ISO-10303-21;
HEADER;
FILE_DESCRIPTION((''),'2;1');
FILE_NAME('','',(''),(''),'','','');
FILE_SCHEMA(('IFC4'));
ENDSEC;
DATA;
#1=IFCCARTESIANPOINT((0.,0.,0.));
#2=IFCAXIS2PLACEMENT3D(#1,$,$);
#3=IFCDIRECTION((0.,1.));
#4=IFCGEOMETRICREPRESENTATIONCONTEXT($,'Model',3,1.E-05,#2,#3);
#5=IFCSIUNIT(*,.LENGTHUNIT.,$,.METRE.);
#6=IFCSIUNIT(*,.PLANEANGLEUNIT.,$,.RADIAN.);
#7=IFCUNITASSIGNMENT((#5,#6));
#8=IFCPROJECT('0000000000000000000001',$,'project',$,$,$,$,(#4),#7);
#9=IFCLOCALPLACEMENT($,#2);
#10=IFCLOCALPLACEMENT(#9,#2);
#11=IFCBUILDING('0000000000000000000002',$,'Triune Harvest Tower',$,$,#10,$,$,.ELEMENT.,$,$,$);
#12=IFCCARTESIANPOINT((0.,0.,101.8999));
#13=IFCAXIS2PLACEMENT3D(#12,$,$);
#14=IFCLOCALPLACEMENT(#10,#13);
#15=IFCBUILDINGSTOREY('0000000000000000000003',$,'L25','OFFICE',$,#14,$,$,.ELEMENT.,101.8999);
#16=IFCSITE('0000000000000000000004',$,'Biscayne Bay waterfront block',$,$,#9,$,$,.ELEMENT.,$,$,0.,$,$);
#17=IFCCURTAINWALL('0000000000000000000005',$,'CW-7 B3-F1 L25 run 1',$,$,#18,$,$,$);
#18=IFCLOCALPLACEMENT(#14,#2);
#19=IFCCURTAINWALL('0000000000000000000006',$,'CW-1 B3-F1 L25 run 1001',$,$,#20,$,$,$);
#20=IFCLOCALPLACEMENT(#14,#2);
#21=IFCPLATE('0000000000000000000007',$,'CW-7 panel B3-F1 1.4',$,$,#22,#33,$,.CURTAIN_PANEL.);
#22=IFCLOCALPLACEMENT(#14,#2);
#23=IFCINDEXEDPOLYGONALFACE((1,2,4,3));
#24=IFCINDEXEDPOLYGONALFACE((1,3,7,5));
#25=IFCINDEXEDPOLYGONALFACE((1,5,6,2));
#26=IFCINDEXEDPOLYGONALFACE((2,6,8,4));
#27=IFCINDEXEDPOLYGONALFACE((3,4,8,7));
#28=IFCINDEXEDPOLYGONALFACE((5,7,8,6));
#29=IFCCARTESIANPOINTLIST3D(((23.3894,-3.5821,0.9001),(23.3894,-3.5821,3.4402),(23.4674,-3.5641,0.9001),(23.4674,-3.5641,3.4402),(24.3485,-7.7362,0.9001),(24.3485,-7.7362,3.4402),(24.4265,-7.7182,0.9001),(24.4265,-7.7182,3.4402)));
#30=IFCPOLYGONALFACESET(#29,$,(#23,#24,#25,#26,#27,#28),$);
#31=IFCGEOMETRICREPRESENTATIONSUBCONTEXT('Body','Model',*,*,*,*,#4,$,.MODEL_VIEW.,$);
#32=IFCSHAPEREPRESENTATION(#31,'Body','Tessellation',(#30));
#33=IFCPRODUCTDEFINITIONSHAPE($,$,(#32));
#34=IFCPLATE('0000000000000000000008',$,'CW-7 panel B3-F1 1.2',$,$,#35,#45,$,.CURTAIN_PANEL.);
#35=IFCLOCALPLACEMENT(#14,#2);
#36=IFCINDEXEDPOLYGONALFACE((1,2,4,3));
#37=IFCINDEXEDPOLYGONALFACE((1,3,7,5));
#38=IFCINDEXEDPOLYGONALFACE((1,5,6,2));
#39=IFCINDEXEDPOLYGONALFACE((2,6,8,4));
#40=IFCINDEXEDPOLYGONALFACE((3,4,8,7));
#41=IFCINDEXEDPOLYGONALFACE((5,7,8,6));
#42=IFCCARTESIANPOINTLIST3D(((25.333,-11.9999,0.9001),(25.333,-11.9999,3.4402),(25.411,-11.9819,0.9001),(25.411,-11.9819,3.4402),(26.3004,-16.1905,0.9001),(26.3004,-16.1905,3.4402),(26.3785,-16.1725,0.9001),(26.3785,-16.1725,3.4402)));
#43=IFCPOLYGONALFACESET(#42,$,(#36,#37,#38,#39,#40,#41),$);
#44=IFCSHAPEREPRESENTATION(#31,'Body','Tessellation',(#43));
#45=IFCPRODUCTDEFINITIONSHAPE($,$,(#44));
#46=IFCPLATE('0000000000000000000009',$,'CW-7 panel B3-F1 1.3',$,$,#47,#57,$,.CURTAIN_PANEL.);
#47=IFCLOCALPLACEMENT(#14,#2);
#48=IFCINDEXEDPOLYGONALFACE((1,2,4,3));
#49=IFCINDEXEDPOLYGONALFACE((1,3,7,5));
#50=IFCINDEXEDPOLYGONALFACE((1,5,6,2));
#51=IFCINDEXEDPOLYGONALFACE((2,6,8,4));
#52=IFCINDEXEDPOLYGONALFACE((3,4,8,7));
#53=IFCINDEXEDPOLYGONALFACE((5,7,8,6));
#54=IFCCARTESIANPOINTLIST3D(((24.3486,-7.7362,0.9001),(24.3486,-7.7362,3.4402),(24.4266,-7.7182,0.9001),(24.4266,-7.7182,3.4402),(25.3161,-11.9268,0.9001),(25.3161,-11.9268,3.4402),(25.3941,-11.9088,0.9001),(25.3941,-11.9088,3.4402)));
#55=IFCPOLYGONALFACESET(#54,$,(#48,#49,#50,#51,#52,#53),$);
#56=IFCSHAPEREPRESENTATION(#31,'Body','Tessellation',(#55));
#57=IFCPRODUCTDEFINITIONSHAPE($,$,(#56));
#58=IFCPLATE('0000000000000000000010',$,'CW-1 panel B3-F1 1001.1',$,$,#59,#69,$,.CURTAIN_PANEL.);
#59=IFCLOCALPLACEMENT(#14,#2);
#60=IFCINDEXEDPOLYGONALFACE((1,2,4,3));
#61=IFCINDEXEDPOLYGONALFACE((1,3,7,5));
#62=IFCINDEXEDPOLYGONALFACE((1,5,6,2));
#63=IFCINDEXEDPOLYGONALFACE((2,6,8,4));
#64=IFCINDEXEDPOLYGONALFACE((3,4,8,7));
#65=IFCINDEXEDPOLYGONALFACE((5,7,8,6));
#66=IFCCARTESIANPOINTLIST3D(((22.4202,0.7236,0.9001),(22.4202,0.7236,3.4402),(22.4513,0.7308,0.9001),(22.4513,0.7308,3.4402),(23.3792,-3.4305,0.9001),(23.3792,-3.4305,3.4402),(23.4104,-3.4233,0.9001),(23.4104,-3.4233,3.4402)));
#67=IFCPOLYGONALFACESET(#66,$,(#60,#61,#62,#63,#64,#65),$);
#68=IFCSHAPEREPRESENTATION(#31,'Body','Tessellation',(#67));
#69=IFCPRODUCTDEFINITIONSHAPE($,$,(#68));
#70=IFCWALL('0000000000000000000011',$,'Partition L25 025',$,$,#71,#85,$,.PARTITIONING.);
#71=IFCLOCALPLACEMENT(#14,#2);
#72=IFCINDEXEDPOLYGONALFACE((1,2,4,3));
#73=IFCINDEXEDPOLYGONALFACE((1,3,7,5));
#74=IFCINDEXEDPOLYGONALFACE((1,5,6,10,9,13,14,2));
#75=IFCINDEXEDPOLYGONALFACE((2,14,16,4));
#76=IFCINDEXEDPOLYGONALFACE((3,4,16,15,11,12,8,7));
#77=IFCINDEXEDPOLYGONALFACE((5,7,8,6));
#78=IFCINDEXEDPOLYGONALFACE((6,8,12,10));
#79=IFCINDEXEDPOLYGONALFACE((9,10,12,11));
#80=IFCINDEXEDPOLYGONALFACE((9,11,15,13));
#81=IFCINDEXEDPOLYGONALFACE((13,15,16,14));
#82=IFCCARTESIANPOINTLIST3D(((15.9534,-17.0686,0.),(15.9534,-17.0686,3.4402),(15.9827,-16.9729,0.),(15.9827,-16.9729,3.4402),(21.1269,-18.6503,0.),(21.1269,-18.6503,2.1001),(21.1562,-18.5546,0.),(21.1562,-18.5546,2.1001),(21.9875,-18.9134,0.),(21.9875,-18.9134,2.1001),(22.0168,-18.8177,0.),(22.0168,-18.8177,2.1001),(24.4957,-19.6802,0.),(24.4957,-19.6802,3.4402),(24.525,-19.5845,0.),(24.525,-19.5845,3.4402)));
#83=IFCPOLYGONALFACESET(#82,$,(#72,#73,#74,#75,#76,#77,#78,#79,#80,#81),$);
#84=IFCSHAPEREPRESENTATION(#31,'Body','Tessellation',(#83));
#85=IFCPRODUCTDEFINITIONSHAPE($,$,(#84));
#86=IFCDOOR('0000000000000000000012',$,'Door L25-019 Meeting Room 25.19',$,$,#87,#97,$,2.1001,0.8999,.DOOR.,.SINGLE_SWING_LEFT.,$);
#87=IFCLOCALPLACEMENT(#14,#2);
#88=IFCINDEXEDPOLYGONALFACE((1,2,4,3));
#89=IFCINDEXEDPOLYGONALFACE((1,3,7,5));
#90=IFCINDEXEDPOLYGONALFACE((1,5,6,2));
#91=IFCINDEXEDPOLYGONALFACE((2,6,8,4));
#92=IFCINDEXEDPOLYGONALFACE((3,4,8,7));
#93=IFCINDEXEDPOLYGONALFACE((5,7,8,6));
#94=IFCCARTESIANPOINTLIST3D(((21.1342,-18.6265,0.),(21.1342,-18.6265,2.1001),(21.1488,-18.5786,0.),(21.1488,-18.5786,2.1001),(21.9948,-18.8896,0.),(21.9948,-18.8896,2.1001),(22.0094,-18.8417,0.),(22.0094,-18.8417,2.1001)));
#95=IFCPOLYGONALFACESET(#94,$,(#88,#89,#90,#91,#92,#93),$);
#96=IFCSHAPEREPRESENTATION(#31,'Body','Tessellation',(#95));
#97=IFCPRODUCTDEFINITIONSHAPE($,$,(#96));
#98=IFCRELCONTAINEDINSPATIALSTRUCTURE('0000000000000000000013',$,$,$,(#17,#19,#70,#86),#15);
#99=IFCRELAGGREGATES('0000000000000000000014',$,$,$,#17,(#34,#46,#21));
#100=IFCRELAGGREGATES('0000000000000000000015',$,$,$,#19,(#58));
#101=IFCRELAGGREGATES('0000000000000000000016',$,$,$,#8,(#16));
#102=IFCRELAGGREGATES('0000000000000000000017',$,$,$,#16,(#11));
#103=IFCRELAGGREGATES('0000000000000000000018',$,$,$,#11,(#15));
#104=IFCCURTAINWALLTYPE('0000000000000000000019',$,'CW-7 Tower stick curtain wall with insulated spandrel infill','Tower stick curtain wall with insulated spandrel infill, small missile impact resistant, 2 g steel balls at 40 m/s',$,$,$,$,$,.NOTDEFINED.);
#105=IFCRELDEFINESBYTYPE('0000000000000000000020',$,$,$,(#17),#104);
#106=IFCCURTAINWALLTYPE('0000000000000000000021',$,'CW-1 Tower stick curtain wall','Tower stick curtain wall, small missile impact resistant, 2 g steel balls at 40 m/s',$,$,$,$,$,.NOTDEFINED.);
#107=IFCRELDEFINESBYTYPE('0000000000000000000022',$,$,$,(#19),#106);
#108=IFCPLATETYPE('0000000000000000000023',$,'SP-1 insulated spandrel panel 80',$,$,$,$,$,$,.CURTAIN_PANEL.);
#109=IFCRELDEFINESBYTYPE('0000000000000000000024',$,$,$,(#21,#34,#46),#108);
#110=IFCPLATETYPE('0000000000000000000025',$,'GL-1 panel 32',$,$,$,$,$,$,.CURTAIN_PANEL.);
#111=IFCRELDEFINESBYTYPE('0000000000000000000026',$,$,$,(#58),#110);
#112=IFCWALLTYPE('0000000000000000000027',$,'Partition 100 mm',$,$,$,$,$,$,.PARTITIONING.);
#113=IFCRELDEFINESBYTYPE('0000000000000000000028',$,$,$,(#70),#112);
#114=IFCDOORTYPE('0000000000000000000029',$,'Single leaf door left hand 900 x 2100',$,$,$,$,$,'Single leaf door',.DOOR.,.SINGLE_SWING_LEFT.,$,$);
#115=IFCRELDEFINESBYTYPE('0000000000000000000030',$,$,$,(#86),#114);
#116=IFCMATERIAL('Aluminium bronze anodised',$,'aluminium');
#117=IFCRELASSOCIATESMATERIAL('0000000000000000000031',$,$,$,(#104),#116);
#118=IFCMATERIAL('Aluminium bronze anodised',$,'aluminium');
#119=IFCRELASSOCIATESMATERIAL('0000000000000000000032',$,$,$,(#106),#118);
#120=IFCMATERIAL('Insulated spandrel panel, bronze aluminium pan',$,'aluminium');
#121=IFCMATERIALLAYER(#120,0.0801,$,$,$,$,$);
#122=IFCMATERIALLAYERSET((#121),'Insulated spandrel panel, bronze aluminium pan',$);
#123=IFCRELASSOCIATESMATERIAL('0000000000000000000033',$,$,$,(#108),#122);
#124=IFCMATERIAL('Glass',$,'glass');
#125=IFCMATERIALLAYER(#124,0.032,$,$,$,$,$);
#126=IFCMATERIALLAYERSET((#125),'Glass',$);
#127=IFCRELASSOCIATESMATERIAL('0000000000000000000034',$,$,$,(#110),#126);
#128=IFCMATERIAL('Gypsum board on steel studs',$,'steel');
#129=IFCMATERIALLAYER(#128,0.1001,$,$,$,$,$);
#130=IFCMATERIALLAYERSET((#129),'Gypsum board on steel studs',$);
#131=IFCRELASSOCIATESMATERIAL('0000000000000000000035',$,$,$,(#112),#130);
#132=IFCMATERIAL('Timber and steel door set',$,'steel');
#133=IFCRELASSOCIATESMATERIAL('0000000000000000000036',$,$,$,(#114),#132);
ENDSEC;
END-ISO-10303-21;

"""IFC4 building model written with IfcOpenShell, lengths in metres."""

from ifc_helpers import new_model, si_unit, direction, frame, frame_2d, origin, origin_2d, place, context, subcontext, project, spatial, rectangle, extrude, source, transform, mapped, material, layer, layer_set, type_object, element, fill, aggregate, save


model = new_model("IFC4")

# Units and contexts
model_context = context("Model", 3, precision=1e-05, world=origin(), true_north=direction((0.0, 1.0)))
body_context = subcontext(model_context, "Body", "Model", "MODEL_VIEW")
ifc_project = project(units=[si_unit("LENGTHUNIT", "METRE"), si_unit("PLANEANGLEUNIT", "RADIAN")], contexts=[model_context])

# Site, building, storey
site_placement = place(None, origin())
site = spatial("IfcSite", under=ifc_project, at=site_placement, Name="Biscayne Bay waterfront block", CompositionType="ELEMENT", RefElevation=0.0)
building_placement = place(site_placement, origin())
building = spatial("IfcBuilding", under=site, at=building_placement, Name="Triune Harvest Tower", CompositionType="ELEMENT")
storey_placement = place(building_placement, frame((0.0, 0.0, 101.8999)))
storey = spatial("IfcBuildingStorey", under=building, at=storey_placement, Name="L25", Description="OFFICE", CompositionType="ELEMENT", Elevation=101.8999)

# Curtain wall
ifc_material_1 = material(Name="Aluminium bronze anodised", Category="aluminium")
curtain_wall_type_1 = type_object("IfcCurtainWallType", Name="CW-7 Tower stick curtain wall with insulated spandrel infill", Description="Tower stick curtain wall with insulated spandrel infill, small missile impact resistant, 2 g steel balls at 40 m/s", PredefinedType="NOTDEFINED", material=ifc_material_1)
curtain_wall_1_placement = place(storey_placement, origin())
curtain_wall_1 = element("IfcCurtainWall", 1, at=curtain_wall_1_placement, inside=storey, type_object=curtain_wall_type_1, Name="CW-7 B3-F1 L25 run 1")

# Curtain wall
ifc_material_2 = material(Name="Aluminium bronze anodised", Category="aluminium")
curtain_wall_type_2 = type_object("IfcCurtainWallType", Name="CW-1 Tower stick curtain wall", Description="Tower stick curtain wall, small missile impact resistant, 2 g steel balls at 40 m/s", PredefinedType="NOTDEFINED", material=ifc_material_2)
curtain_wall_2_placement = place(storey_placement, origin())
curtain_wall_2 = element("IfcCurtainWall", 2, at=curtain_wall_2_placement, inside=storey, type_object=curtain_wall_type_2, Name="CW-1 B3-F1 L25 run 1001")

# Plates
ifc_material_3 = material(Name="Insulated spandrel panel, bronze aluminium pan", Category="aluminium")
ifc_layer_1 = layer(ifc_material_3, 0.0801)
ifc_layer_set_1 = layer_set([ifc_layer_1], Name="Insulated spandrel panel, bronze aluminium pan")
plate_type_1 = type_object("IfcPlateType", Name="SP-1 insulated spandrel panel 80", PredefinedType="CURTAIN_PANEL", material=ifc_layer_set_1)
shared_shape_1 = source(origin(), body_context, "Body", "SweptSolid", [
    extrude(rectangle(XDim=4.2634, YDim=0.0801, at=origin_2d()), origin(), (0.0, 0.0, 1.0), 2.54),
])
plate_1_placement = place(storey_placement, frame((23.908, -5.6501, 0.9001), z_axis=(0.0, 0.0, 1.0), x_axis=(-0.224951, 0.97437, 0.0)))
plate_1 = element("IfcPlate", 3, at=plate_1_placement, type_object=plate_type_1, Name="CW-7 panel B3-F1 1.4", PredefinedType="CURTAIN_PANEL", context=body_context, shape_type="MappedRepresentation", body=[
    mapped(shared_shape_1, transform((0.0, 0.0, 0.0), scale=1.0)),
])
shared_shape_2 = source(origin(), body_context, "Body", "SweptSolid", [
    extrude(rectangle(XDim=4.3008, YDim=0.0801, at=origin_2d()), origin(), (0.0, 0.0, 1.0), 2.54),
])
plate_2_placement = place(storey_placement, frame((25.8557, -14.0862, 0.9001), z_axis=(0.0, 0.0, 1.0), x_axis=(-0.224951, 0.97437, 0.0)))
plate_2 = element("IfcPlate", 4, at=plate_2_placement, type_object=plate_type_1, Name="CW-7 panel B3-F1 1.2", PredefinedType="CURTAIN_PANEL", context=body_context, shape_type="MappedRepresentation", body=[
    mapped(shared_shape_2, transform((0.0, 0.0, 0.0), scale=1.0)),
])
plate_3_placement = place(storey_placement, frame((24.8713, -9.8225, 0.9001), z_axis=(0.0, 0.0, 1.0), x_axis=(-0.224951, 0.97437, 0.0)))
plate_3 = element("IfcPlate", 5, at=plate_3_placement, type_object=plate_type_1, Name="CW-7 panel B3-F1 1.3", PredefinedType="CURTAIN_PANEL", context=body_context, shape_type="MappedRepresentation", body=[
    mapped(shared_shape_2, transform((0.0, 0.0, 0.0), scale=1.0)),
])
aggregate(curtain_wall_1, [plate_2, plate_3, plate_1])
ifc_material_4 = material(Name="Glass", Category="glass")
ifc_layer_2 = layer(ifc_material_4, 0.032)
ifc_layer_set_2 = layer_set([ifc_layer_2], Name="Glass")
plate_type_2 = type_object("IfcPlateType", Name="GL-1 panel 32", PredefinedType="CURTAIN_PANEL", material=ifc_layer_set_2)
shared_shape_3 = source(origin(), body_context, "Body", "SweptSolid", [
    extrude(rectangle(XDim=4.2634, YDim=0.032, at=origin_2d()), origin(), (0.0, 0.0, 1.0), 2.54),
])
plate_4_placement = place(storey_placement, frame((22.9153, -1.3499, 0.9001), z_axis=(0.0, 0.0, 1.0), x_axis=(-0.224952, 0.97437, 0.0)))
plate_4 = element("IfcPlate", 6, at=plate_4_placement, type_object=plate_type_2, Name="CW-1 panel B3-F1 1001.1", PredefinedType="CURTAIN_PANEL", context=body_context, shape_type="MappedRepresentation", body=[
    mapped(shared_shape_3, transform((0.0, 0.0, 0.0), scale=1.0)),
])
aggregate(curtain_wall_2, [plate_4])

# Wall, opening, door
ifc_material_5 = material(Name="Gypsum board on steel studs", Category="steel")
ifc_layer_3 = layer(ifc_material_5, 0.1001)
ifc_layer_set_3 = layer_set([ifc_layer_3], Name="Gypsum board on steel studs")
wall_type = type_object("IfcWallType", Name="Partition 100 mm", PredefinedType="PARTITIONING", material=ifc_layer_set_3)
wall_placement = place(storey_placement, frame((15.968, -17.0208, 0.0), z_axis=(0.0, 0.0, 1.0), x_axis=(0.956306, -0.292366, 0.0)))
wall = element("IfcWall", 7, at=wall_placement, inside=storey, type_object=wall_type, Name="Partition L25 025", PredefinedType="PARTITIONING", context=body_context, shape_type="SweptSolid", body=[
    extrude(rectangle(XDim=8.9326, YDim=0.1001, at=frame_2d((4.4663, 0.0))), origin(), (0.0, 0.0, 1.0), 3.4402),
])
opening_placement = place(wall_placement, frame((5.4099, 0.0, 0.0)))
opening = element("IfcOpeningElement", 8, at=opening_placement, cuts=wall, PredefinedType="OPENING", context=body_context, shape_type="SweptSolid", body=[
    extrude(rectangle(XDim=0.8999, YDim=2.1001, at=frame_2d((0.45, 1.05))), frame((0.0, 0.0601, 0.0), z_axis=(0.0, -1.0, 0.0), x_axis=(1.0, 0.0, 0.0)), (0.0, 0.0, 1.0), 0.1201),
])
ifc_material_6 = material(Name="Timber and steel door set", Category="steel")
door_type = type_object("IfcDoorType", Name="Single leaf door left hand 900 x 2100", ElementType="Single leaf door", OperationType="SINGLE_SWING_LEFT", PredefinedType="DOOR", material=ifc_material_6)
door_placement = place(opening_placement, origin())
door = element("IfcDoor", 9, at=door_placement, inside=storey, type_object=door_type, Name="Door L25-019 Meeting Room 25.19", OperationType="SINGLE_SWING_LEFT", OverallHeight=2.1001, OverallWidth=0.8999, PredefinedType="DOOR", context=body_context, shape_type="SweptSolid", body=[
    extrude(rectangle(XDim=0.8999, YDim=2.1001, at=frame_2d((0.45, 1.05))), frame((0.0, 0.0249, 0.0), z_axis=(0.0, -1.0, 0.0), x_axis=(1.0, 0.0, 0.0)), (0.0, 0.0, 1.0), 0.05),
])
fill(opening, door)

save(model, "model.ifc")
